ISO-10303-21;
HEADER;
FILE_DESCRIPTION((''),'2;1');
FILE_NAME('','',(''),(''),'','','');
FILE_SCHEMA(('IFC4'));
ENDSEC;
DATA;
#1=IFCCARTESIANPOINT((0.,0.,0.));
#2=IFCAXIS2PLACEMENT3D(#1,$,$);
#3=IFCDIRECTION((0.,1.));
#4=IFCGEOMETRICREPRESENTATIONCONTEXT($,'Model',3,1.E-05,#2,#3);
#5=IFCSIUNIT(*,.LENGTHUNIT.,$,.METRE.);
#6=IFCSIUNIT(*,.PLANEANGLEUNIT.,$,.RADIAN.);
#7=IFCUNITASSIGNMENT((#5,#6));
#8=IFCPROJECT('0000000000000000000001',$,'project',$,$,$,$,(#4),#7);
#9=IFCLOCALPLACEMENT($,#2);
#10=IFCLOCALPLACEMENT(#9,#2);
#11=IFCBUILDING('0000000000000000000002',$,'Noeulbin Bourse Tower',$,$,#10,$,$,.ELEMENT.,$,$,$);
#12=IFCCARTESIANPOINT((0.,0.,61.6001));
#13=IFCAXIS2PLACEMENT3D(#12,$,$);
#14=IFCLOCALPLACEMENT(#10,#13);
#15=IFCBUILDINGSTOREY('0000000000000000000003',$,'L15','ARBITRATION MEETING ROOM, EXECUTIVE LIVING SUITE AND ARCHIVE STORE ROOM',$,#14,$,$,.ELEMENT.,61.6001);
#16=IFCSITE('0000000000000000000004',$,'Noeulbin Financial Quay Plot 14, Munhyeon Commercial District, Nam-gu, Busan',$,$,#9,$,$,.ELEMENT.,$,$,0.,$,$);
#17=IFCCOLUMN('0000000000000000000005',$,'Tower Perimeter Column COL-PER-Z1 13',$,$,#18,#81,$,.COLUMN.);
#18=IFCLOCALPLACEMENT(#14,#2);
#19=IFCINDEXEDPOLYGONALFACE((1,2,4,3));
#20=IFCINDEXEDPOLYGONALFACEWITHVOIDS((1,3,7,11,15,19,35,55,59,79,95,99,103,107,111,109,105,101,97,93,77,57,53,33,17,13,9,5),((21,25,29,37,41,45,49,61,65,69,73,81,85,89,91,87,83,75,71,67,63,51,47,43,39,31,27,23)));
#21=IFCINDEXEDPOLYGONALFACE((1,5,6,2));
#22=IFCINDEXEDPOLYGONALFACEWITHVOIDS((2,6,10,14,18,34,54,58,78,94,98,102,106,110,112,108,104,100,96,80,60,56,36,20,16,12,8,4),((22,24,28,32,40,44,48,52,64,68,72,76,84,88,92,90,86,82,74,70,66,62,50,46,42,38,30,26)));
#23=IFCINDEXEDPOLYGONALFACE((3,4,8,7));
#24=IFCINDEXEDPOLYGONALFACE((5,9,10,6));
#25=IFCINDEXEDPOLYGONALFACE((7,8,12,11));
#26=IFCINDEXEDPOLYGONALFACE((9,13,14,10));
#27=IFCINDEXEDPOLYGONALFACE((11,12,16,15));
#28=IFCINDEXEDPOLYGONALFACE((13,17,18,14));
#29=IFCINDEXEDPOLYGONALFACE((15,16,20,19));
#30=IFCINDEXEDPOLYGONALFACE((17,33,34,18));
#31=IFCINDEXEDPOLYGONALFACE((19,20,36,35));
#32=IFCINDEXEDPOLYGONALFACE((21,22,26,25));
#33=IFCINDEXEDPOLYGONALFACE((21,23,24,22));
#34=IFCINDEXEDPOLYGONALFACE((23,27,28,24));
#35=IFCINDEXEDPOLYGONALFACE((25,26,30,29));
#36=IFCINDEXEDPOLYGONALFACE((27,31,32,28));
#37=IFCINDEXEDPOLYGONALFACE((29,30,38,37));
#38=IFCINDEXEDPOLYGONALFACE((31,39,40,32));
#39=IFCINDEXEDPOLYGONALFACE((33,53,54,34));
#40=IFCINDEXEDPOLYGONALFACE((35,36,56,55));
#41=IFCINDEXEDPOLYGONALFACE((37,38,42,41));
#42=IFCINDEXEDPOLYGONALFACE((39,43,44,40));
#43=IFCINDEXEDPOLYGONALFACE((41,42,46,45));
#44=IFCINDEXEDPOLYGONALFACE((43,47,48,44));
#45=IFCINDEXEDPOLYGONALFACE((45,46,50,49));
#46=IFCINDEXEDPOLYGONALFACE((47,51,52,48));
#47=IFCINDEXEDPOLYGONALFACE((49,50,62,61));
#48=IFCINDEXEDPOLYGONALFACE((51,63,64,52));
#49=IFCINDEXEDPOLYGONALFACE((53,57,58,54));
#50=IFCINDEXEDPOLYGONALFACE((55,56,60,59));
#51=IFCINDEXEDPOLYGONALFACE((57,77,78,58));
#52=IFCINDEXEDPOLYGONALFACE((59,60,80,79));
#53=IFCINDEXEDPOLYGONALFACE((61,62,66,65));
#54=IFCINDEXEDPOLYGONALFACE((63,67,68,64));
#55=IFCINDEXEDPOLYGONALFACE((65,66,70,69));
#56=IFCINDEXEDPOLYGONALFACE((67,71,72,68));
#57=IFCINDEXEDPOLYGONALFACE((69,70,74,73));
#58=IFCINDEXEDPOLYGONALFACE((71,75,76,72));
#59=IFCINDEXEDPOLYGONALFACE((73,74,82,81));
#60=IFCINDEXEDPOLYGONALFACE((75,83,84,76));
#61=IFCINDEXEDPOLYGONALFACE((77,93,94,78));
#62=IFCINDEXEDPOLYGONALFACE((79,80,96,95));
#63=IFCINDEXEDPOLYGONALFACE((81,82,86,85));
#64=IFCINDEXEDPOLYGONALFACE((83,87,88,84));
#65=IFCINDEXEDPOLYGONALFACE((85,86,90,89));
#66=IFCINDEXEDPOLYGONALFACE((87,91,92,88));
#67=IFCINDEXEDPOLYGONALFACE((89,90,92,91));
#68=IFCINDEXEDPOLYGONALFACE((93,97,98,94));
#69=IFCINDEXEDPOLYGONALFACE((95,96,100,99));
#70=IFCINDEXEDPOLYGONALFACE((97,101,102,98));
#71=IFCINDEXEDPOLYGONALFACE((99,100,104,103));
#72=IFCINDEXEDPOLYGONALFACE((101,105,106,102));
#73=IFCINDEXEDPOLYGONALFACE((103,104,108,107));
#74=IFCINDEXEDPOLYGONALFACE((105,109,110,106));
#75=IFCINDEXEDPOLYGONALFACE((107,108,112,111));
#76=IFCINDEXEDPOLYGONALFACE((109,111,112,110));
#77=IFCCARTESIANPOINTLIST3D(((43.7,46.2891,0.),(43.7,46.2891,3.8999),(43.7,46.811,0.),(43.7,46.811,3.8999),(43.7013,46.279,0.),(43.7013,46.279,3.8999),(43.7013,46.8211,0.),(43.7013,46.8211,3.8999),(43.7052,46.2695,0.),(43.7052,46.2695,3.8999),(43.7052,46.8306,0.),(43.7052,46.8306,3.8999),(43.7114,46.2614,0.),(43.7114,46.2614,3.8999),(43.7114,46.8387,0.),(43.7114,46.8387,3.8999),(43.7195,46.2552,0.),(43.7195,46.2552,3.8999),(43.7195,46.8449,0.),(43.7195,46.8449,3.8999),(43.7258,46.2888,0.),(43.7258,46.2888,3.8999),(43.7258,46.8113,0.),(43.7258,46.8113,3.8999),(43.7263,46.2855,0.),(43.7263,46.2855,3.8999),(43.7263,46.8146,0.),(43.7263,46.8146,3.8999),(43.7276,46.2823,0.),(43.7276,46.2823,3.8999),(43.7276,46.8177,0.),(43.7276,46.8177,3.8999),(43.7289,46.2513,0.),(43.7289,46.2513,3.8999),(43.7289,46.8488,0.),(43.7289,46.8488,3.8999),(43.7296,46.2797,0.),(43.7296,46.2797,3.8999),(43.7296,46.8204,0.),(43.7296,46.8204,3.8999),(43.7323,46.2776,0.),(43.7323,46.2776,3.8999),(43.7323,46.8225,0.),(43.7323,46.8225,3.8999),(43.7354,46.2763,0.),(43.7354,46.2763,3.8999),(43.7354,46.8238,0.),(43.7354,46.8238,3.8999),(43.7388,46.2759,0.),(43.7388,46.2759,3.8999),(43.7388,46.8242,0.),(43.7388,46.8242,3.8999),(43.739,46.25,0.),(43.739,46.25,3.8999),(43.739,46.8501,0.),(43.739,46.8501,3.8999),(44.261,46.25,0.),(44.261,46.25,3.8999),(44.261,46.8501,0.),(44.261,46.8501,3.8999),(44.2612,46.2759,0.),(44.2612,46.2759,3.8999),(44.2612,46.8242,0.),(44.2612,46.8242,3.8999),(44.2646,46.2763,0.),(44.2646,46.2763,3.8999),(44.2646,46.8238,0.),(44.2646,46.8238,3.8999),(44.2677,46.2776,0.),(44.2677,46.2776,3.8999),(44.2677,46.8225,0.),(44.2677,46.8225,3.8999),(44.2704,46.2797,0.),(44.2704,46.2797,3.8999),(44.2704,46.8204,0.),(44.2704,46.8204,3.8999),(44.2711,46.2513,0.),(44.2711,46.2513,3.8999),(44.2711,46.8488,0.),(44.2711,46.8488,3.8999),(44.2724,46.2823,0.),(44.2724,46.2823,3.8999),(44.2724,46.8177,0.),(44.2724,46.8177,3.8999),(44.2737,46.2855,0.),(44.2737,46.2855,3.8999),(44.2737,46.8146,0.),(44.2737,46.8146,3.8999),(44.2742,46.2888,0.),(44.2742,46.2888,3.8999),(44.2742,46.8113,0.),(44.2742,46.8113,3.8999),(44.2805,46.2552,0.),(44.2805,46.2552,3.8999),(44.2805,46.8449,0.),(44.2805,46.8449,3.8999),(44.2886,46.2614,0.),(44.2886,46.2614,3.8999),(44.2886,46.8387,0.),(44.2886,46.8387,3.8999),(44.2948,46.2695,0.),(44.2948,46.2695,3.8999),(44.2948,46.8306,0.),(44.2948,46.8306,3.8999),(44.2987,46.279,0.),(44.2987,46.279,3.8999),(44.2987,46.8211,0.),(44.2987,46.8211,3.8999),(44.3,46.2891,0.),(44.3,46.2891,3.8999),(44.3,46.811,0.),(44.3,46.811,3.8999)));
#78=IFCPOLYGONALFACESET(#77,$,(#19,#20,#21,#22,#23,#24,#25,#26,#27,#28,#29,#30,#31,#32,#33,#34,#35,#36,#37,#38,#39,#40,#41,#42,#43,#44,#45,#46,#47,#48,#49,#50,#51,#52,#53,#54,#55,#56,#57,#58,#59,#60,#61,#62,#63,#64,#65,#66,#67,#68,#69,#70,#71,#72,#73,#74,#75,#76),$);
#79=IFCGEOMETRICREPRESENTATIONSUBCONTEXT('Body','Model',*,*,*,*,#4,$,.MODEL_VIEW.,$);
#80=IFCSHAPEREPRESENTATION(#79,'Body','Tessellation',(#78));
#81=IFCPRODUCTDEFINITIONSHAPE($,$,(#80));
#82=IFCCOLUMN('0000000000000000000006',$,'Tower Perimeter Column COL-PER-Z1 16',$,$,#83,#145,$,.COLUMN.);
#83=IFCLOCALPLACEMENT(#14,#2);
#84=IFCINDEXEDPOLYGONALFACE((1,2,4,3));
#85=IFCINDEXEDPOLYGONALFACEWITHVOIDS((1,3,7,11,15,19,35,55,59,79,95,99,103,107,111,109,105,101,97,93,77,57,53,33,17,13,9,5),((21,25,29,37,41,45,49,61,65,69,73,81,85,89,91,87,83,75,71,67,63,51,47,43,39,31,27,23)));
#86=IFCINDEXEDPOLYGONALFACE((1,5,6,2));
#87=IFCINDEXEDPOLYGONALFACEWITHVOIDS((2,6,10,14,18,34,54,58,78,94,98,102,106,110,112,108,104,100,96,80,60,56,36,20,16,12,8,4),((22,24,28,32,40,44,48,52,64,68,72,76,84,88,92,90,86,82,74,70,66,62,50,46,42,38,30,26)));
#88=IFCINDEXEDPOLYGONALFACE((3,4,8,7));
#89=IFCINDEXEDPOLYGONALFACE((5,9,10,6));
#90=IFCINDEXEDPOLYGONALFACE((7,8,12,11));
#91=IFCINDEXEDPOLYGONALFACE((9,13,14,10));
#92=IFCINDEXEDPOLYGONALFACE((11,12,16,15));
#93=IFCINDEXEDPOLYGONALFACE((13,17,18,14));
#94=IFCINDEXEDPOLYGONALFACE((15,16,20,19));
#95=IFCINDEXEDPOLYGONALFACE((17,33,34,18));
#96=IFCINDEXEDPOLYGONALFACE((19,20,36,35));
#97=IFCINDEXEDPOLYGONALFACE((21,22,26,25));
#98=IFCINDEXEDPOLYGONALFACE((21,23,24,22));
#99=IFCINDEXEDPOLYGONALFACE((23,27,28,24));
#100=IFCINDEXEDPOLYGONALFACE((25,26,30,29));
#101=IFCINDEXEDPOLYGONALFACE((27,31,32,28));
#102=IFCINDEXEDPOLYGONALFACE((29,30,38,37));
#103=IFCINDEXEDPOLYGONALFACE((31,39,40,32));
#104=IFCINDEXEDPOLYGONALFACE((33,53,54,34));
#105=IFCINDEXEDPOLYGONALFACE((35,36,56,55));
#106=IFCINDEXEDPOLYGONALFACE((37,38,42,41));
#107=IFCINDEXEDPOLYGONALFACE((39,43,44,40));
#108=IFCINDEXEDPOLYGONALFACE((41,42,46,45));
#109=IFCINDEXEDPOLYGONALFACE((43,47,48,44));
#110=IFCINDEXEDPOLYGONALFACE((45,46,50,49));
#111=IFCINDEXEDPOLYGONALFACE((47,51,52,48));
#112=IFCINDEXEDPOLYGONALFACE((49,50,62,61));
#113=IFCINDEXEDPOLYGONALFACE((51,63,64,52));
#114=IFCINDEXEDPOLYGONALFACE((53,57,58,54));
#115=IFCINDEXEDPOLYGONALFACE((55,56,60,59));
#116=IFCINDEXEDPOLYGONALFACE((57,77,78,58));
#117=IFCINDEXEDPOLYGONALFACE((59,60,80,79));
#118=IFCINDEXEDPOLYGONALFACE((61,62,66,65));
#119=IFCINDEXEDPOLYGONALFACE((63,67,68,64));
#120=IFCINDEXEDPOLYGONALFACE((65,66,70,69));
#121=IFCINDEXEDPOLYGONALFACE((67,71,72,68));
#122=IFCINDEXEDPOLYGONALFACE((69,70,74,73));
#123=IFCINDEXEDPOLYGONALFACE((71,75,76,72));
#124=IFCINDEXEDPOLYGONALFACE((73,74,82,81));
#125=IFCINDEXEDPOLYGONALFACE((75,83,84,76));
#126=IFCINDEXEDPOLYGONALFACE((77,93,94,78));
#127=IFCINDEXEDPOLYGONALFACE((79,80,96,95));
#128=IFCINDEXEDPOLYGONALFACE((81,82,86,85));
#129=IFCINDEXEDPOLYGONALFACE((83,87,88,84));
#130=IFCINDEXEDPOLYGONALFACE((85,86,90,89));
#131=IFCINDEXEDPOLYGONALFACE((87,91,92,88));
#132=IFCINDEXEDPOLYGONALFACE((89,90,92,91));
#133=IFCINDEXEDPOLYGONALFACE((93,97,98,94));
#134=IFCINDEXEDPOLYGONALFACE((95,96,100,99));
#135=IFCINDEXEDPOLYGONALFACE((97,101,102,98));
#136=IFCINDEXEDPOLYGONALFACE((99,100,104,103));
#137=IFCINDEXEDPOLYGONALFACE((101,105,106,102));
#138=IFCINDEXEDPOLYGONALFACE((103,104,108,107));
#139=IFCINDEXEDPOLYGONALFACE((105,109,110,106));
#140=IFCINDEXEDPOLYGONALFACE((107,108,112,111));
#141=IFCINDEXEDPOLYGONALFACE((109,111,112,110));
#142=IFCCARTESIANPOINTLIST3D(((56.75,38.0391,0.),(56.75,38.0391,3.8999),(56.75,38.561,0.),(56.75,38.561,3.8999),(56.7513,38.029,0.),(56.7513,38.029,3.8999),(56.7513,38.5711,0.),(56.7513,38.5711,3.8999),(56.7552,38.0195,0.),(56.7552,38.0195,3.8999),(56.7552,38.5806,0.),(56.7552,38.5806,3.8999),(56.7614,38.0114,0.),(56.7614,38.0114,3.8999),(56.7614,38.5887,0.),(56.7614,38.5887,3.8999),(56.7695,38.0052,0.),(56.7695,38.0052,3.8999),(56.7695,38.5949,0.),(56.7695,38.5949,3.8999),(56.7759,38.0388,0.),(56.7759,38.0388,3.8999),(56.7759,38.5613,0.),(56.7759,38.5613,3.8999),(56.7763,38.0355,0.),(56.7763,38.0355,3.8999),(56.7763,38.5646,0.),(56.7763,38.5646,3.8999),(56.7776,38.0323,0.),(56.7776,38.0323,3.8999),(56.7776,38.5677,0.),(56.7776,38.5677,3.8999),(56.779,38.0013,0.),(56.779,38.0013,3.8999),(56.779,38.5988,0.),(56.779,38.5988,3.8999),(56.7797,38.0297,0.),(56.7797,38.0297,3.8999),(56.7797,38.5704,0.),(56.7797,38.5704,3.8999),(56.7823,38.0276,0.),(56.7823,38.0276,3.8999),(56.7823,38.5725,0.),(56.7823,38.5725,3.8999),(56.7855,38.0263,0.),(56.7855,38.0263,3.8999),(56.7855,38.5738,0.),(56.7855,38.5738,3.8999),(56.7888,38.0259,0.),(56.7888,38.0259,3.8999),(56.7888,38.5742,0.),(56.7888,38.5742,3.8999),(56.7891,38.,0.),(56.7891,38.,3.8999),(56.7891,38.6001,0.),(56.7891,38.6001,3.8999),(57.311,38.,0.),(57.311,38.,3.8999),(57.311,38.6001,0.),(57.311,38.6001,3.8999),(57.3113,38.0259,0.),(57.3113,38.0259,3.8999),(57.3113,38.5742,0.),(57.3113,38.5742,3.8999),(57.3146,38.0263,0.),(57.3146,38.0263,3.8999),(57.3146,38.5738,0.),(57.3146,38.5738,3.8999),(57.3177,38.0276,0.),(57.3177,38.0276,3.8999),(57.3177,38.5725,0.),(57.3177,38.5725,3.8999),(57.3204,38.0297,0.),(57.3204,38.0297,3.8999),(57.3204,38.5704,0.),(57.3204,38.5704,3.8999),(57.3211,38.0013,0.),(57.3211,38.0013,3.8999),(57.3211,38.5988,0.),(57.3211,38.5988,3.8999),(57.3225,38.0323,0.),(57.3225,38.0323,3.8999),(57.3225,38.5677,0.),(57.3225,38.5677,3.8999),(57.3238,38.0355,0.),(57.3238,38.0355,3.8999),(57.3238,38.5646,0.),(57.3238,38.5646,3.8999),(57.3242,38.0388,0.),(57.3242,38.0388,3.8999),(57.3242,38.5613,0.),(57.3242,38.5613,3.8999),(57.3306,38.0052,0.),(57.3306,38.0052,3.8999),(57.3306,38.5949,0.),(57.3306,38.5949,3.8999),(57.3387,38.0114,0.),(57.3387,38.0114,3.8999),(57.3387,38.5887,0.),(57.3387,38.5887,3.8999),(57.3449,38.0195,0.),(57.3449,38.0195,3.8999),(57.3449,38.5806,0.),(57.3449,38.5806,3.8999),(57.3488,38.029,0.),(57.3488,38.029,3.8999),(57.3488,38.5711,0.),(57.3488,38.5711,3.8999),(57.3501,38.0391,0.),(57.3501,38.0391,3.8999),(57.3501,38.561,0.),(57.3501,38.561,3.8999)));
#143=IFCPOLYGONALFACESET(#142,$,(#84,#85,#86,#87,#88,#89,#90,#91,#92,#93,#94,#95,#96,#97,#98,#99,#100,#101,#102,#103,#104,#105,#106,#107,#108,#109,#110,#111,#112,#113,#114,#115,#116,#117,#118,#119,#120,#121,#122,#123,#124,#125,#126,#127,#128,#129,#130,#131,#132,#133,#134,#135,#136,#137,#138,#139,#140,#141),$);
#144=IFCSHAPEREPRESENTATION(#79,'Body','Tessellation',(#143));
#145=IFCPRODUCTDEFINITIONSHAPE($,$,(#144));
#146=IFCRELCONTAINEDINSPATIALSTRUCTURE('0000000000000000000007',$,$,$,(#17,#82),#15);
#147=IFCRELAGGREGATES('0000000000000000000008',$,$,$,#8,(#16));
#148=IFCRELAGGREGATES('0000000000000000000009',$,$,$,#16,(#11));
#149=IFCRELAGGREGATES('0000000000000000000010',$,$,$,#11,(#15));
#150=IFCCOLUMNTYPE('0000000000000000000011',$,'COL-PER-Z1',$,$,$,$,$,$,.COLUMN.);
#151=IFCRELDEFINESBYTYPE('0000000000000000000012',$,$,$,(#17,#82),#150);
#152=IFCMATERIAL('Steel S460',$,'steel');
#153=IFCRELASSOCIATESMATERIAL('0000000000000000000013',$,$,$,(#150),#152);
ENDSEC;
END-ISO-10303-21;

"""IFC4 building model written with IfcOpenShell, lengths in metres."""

from ifc_helpers import new_model, si_unit, direction, frame, origin, origin_2d, place, context, subcontext, project, spatial, hollow_rectangle, extrude, material, material_profile, profile_set, type_object, element, save


model = new_model("IFC4")

# Units and contexts
model_context = context("Model", 3, precision=1e-05, world=origin(), true_north=direction((0.0, 1.0)))
body_context = subcontext(model_context, "Body", "Model", "MODEL_VIEW")
ifc_project = project(units=[si_unit("LENGTHUNIT", "METRE"), si_unit("PLANEANGLEUNIT", "RADIAN")], contexts=[model_context])

# Site, building, storey
site_placement = place(None, origin())
site = spatial("IfcSite", under=ifc_project, at=site_placement, Name="Noeulbin Financial Quay Plot 14, Munhyeon Commercial District, Nam-gu, Busan", CompositionType="ELEMENT", RefElevation=0.0)
building_placement = place(site_placement, origin())
building = spatial("IfcBuilding", under=site, at=building_placement, Name="Noeulbin Bourse Tower", CompositionType="ELEMENT")
storey_placement = place(building_placement, frame((0.0, 0.0, 61.6001)))
storey = spatial("IfcBuildingStorey", under=building, at=storey_placement, Name="L15", Description="ARBITRATION MEETING ROOM, EXECUTIVE LIVING SUITE AND ARCHIVE STORE ROOM", CompositionType="ELEMENT", Elevation=61.6001)

# Columns
ifc_material_1 = material(Name="Steel S460", Category="steel")
ifc_material_profile_1 = material_profile(ifc_material_1, hollow_rectangle(XDim=0.6001, YDim=0.6001, WallThickness=0.0259, InnerFilletRadius=0.0129, OuterFilletRadius=0.0391, at=origin_2d()), Name="BOX-600x600x26", Category="LoadBearing")
ifc_profile_set_1 = profile_set([ifc_material_profile_1], Name="Steel S460")
column_type_1 = type_object("IfcColumnType", Name="COL-PER-Z1", PredefinedType="COLUMN", material=ifc_profile_set_1)
for number, where, z_axis, x_axis, name in (
    (1, (44.0, 46.55, 0.0), (0.0, 0.0, 1.0), (1.0, 0.0, 0.0), "Tower Perimeter Column COL-PER-Z1 13"),
    (2, (57.05, 38.3, 0.0), (0.0, 0.0, 1.0), (1.0, 0.0, 0.0), "Tower Perimeter Column COL-PER-Z1 16"),
):
    element("IfcColumn", number, at=place(storey_placement, frame(where, z_axis=z_axis, x_axis=x_axis)), inside=storey, type_object=column_type_1, Name=name, PredefinedType="COLUMN", context=body_context, shape_type="SweptSolid", body=[
        extrude(hollow_rectangle(XDim=0.6001, YDim=0.6001, WallThickness=0.0259, InnerFilletRadius=0.0129, OuterFilletRadius=0.0391, at=origin_2d()), origin(), (0.0, 0.0, 1.0), 3.8999),
    ])

save(model, "model.ifc")
